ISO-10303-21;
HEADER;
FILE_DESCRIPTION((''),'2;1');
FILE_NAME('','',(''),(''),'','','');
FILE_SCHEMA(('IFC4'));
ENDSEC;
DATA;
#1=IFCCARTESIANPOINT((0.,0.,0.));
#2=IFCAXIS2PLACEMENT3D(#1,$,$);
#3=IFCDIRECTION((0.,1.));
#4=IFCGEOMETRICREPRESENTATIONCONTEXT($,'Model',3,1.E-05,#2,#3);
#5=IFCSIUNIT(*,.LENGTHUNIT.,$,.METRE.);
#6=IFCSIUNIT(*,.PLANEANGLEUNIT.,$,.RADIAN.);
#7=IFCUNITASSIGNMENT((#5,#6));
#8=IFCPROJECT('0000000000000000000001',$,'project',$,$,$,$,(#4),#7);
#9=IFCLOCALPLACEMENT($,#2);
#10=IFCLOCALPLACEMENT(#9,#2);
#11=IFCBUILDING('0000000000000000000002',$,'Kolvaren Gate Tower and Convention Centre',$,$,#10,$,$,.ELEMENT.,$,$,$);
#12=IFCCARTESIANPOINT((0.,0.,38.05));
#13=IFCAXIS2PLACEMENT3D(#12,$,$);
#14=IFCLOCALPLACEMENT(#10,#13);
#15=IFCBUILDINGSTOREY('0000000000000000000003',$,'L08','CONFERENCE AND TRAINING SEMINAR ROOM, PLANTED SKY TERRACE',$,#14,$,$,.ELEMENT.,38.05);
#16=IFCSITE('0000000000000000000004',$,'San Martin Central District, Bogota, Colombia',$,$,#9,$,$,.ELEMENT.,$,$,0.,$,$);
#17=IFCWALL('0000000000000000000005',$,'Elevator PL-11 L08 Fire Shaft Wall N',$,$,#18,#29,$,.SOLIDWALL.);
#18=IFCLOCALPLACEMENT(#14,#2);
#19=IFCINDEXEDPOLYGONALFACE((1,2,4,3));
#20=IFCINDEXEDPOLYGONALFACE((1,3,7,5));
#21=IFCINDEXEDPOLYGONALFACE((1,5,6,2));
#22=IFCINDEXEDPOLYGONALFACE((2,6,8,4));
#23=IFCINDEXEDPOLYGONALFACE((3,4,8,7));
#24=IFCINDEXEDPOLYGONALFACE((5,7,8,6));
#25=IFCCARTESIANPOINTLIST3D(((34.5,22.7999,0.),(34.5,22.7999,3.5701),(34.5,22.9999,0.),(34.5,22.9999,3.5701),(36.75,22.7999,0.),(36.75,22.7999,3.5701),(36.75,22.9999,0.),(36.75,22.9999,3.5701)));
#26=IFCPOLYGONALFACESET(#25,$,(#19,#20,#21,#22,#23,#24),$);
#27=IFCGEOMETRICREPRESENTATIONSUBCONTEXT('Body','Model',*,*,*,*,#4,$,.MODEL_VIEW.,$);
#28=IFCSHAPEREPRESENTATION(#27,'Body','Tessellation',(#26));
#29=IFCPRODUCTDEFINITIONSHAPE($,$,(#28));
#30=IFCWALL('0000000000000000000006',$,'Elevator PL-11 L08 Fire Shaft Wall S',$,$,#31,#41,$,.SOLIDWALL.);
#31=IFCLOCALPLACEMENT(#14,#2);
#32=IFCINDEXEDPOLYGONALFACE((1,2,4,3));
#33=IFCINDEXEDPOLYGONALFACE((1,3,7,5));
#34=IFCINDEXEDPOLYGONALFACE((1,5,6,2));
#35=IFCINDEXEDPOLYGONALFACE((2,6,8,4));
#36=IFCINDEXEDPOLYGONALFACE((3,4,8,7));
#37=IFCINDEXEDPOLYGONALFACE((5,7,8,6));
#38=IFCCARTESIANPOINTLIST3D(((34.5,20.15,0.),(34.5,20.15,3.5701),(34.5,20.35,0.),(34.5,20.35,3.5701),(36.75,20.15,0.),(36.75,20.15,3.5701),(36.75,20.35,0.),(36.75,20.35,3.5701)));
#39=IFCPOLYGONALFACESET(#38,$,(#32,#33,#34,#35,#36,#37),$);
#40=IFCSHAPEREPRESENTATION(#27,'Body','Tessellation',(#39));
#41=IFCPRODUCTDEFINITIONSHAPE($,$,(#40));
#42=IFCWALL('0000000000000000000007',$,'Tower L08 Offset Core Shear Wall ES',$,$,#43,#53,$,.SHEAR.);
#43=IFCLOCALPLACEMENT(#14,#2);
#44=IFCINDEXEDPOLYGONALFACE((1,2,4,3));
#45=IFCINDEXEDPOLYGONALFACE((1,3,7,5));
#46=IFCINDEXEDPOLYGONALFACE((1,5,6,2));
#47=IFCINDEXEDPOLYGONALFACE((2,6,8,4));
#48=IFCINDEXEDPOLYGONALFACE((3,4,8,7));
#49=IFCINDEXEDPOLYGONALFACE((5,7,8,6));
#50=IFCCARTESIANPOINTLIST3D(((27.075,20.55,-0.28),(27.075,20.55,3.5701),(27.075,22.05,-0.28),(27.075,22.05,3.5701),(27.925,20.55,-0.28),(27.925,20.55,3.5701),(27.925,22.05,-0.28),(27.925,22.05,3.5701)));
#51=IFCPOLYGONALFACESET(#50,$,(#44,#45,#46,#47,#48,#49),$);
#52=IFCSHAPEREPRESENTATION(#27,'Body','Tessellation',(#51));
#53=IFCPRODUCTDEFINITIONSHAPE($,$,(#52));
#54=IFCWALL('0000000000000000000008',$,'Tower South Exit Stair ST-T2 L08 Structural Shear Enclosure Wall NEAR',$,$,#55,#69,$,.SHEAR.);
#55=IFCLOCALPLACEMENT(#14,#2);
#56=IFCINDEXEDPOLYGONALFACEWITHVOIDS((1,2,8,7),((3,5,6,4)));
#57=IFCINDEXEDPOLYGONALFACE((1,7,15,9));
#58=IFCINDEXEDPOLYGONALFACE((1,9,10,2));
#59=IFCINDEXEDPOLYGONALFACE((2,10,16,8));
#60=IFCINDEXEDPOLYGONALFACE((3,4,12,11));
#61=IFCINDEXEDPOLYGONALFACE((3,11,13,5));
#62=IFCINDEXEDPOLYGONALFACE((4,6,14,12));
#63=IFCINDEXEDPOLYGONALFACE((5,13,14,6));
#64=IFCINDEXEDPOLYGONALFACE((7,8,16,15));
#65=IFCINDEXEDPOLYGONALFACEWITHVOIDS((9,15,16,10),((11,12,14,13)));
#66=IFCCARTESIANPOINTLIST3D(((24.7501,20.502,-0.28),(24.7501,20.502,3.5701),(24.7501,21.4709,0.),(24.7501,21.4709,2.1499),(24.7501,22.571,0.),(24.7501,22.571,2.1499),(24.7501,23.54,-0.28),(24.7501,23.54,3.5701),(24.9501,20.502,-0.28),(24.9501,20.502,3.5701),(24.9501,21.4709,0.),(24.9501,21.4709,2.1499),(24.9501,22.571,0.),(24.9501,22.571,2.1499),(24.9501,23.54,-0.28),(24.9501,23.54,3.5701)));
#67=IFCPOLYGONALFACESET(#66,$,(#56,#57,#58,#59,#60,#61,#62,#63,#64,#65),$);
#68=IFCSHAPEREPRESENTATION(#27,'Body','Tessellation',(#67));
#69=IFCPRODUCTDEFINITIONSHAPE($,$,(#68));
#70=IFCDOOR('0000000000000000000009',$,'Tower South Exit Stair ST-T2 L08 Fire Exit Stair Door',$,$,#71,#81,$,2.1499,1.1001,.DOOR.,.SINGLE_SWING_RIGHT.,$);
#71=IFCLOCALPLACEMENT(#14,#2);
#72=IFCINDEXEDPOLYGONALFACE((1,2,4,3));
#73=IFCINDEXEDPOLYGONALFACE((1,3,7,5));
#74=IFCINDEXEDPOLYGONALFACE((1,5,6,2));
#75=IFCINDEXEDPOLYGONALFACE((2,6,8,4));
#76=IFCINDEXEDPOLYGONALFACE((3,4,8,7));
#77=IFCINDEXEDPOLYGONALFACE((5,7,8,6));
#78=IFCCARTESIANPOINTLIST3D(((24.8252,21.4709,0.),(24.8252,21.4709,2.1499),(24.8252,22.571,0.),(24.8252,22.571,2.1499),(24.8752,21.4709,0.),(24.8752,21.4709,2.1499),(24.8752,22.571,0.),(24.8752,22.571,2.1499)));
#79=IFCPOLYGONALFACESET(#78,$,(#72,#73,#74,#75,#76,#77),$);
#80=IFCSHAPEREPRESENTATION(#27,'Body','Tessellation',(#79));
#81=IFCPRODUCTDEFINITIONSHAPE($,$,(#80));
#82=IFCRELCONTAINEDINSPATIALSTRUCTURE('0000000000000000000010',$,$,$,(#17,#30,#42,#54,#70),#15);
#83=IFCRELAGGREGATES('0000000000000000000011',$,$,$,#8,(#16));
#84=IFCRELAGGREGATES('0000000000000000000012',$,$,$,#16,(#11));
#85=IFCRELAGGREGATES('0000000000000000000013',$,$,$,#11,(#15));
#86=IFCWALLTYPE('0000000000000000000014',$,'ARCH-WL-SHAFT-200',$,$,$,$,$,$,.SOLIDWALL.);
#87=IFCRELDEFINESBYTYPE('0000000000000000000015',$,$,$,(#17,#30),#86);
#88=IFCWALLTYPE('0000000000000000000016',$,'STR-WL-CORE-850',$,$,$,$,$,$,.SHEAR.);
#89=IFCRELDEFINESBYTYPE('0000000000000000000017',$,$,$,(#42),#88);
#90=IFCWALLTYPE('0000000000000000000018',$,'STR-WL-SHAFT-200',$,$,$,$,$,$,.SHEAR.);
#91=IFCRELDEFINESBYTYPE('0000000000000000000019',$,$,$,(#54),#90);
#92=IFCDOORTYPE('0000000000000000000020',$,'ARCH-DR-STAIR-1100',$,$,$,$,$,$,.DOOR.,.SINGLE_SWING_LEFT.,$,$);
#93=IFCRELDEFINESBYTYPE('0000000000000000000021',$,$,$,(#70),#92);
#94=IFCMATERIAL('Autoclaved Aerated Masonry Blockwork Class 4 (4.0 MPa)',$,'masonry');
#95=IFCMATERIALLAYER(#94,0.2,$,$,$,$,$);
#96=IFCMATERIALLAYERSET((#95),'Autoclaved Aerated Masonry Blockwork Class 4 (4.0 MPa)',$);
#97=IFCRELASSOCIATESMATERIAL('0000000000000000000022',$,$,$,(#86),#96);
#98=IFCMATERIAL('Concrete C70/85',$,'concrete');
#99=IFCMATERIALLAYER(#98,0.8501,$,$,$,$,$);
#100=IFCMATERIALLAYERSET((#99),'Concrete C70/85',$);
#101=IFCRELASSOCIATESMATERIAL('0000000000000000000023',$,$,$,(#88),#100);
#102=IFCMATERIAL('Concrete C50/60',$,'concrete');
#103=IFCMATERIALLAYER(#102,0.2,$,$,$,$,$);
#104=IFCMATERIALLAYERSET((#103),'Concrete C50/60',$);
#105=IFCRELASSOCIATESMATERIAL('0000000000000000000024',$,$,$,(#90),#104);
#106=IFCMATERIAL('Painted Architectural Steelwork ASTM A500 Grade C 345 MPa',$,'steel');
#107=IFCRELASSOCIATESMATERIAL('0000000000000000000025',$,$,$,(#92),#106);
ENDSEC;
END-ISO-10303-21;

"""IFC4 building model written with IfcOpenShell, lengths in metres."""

from ifc_helpers import new_model, si_unit, direction, frame, frame_2d, origin, place, context, subcontext, project, spatial, rectangle, extrude, material, layer, layer_set, type_object, element, fill, save


model = new_model("IFC4")

# Units and contexts
model_context = context("Model", 3, precision=1e-05, world=origin(), true_north=direction((0.0, 1.0)))
body_context = subcontext(model_context, "Body", "Model", "MODEL_VIEW")
ifc_project = project(units=[si_unit("LENGTHUNIT", "METRE"), si_unit("PLANEANGLEUNIT", "RADIAN")], contexts=[model_context])

# Site, building, storey
site_placement = place(None, origin())
site = spatial("IfcSite", under=ifc_project, at=site_placement, Name="San Martin Central District, Bogota, Colombia", CompositionType="ELEMENT", RefElevation=0.0)
building_placement = place(site_placement, origin())
building = spatial("IfcBuilding", under=site, at=building_placement, Name="Kolvaren Gate Tower and Convention Centre", CompositionType="ELEMENT")
storey_placement = place(building_placement, frame((0.0, 0.0, 38.05)))
storey = spatial("IfcBuildingStorey", under=building, at=storey_placement, Name="L08", Description="CONFERENCE AND TRAINING SEMINAR ROOM, PLANTED SKY TERRACE", CompositionType="ELEMENT", Elevation=38.05)

# Shared definitions
ifc_material_1 = material(Name="Autoclaved Aerated Masonry Blockwork Class 4 (4.0 MPa)", Category="masonry")

# Shared definitions
ifc_material_2 = material(Name="Painted Architectural Steelwork ASTM A500 Grade C 345 MPa", Category="steel")

# Shared definitions
ifc_layer_1 = layer(ifc_material_1, 0.2)
ifc_layer_set_1 = layer_set([ifc_layer_1], Name="Autoclaved Aerated Masonry Blockwork Class 4 (4.0 MPa)")
wall_type_1 = type_object("IfcWallType", Name="ARCH-WL-SHAFT-200", PredefinedType="SOLIDWALL", material=ifc_layer_set_1)

# Walls
for number, where, z_axis, x_axis, name in (
    (1, (34.5, 22.8999, 0.0), (0.0, 0.0, 1.0), (1.0, 0.0, 0.0), "Elevator PL-11 L08 Fire Shaft Wall N"),
    (2, (34.5, 20.25, 0.0), (0.0, 0.0, 1.0), (1.0, 0.0, 0.0), "Elevator PL-11 L08 Fire Shaft Wall S"),
):
    element("IfcWall", number, at=place(storey_placement, frame(where, z_axis=z_axis, x_axis=x_axis)), inside=storey, type_object=wall_type_1, Name=name, PredefinedType="SOLIDWALL", context=body_context, shape_type="SweptSolid", body=[
        extrude(rectangle(XDim=2.25, YDim=0.2, at=frame_2d((1.125, 0.0))), origin(), (0.0, 0.0, 1.0), 3.5701),
    ])
ifc_material_3 = material(Name="Concrete C70/85", Category="concrete")
ifc_layer_2 = layer(ifc_material_3, 0.8501)
ifc_layer_set_2 = layer_set([ifc_layer_2], Name="Concrete C70/85")
wall_type_2 = type_object("IfcWallType", Name="STR-WL-CORE-850", PredefinedType="SHEAR", material=ifc_layer_set_2)
wall_1_placement = place(storey_placement, frame((27.5, 20.55, -0.28), z_axis=(0.0, 0.0, 1.0), x_axis=(0.0, 1.0, 0.0)))
element("IfcWall", 3, at=wall_1_placement, inside=storey, type_object=wall_type_2, Name="Tower L08 Offset Core Shear Wall ES", PredefinedType="SHEAR", context=body_context, shape_type="SweptSolid", body=[
    extrude(rectangle(XDim=1.5, YDim=0.8501, at=frame_2d((0.75, 0.0))), origin(), (0.0, 0.0, 1.0), 3.8501),
])

# Wall, opening, door
ifc_material_4 = material(Name="Concrete C50/60", Category="concrete")
ifc_layer_3 = layer(ifc_material_4, 0.2)
ifc_layer_set_3 = layer_set([ifc_layer_3], Name="Concrete C50/60")
wall_type_3 = type_object("IfcWallType", Name="STR-WL-SHAFT-200", PredefinedType="SHEAR", material=ifc_layer_set_3)
wall_2_placement = place(storey_placement, frame((24.8501, 20.502, -0.28), z_axis=(0.0, 0.0, 1.0), x_axis=(0.0, 1.0, 0.0)))
wall_2 = element("IfcWall", 4, at=wall_2_placement, inside=storey, type_object=wall_type_3, Name="Tower South Exit Stair ST-T2 L08 Structural Shear Enclosure Wall NEAR", PredefinedType="SHEAR", context=body_context, shape_type="SweptSolid", body=[
    extrude(rectangle(XDim=3.0381, YDim=0.2, at=frame_2d((1.519, 0.0))), origin(), (0.0, 0.0, 1.0), 3.8501),
])
opening_1_placement = place(wall_2_placement, frame((0.969, 0.0, 0.28)))
opening_1 = element("IfcOpeningElement", 5, at=opening_1_placement, cuts=wall_2, PredefinedType="OPENING", context=body_context, shape_type="SweptSolid", body=[
    extrude(rectangle(XDim=1.1001, YDim=2.1499, at=frame_2d((0.55, 1.075))), frame((0.0, 0.1099, 0.0), z_axis=(0.0, -1.0, 0.0), x_axis=(1.0, 0.0, 0.0)), (0.0, 0.0, 1.0), 0.22),
])
door_type_1 = type_object("IfcDoorType", Name="ARCH-DR-STAIR-1100", OperationType="SINGLE_SWING_LEFT", PredefinedType="DOOR", material=ifc_material_2)
door_1_placement = place(opening_1_placement, origin())
door_1 = element("IfcDoor", 6, at=door_1_placement, inside=storey, type_object=door_type_1, Name="Tower South Exit Stair ST-T2 L08 Fire Exit Stair Door", OperationType="SINGLE_SWING_RIGHT", OverallHeight=2.1499, OverallWidth=1.1001, PredefinedType="DOOR", context=body_context, shape_type="SweptSolid", body=[
    extrude(rectangle(XDim=1.1001, YDim=2.1499, at=frame_2d((0.55, 1.075))), frame((0.0, 0.0249, 0.0), z_axis=(0.0, -1.0, 0.0), x_axis=(1.0, 0.0, 0.0)), (0.0, 0.0, 1.0), 0.05),
])
fill(opening_1, door_1)

save(model, "model.ifc")
